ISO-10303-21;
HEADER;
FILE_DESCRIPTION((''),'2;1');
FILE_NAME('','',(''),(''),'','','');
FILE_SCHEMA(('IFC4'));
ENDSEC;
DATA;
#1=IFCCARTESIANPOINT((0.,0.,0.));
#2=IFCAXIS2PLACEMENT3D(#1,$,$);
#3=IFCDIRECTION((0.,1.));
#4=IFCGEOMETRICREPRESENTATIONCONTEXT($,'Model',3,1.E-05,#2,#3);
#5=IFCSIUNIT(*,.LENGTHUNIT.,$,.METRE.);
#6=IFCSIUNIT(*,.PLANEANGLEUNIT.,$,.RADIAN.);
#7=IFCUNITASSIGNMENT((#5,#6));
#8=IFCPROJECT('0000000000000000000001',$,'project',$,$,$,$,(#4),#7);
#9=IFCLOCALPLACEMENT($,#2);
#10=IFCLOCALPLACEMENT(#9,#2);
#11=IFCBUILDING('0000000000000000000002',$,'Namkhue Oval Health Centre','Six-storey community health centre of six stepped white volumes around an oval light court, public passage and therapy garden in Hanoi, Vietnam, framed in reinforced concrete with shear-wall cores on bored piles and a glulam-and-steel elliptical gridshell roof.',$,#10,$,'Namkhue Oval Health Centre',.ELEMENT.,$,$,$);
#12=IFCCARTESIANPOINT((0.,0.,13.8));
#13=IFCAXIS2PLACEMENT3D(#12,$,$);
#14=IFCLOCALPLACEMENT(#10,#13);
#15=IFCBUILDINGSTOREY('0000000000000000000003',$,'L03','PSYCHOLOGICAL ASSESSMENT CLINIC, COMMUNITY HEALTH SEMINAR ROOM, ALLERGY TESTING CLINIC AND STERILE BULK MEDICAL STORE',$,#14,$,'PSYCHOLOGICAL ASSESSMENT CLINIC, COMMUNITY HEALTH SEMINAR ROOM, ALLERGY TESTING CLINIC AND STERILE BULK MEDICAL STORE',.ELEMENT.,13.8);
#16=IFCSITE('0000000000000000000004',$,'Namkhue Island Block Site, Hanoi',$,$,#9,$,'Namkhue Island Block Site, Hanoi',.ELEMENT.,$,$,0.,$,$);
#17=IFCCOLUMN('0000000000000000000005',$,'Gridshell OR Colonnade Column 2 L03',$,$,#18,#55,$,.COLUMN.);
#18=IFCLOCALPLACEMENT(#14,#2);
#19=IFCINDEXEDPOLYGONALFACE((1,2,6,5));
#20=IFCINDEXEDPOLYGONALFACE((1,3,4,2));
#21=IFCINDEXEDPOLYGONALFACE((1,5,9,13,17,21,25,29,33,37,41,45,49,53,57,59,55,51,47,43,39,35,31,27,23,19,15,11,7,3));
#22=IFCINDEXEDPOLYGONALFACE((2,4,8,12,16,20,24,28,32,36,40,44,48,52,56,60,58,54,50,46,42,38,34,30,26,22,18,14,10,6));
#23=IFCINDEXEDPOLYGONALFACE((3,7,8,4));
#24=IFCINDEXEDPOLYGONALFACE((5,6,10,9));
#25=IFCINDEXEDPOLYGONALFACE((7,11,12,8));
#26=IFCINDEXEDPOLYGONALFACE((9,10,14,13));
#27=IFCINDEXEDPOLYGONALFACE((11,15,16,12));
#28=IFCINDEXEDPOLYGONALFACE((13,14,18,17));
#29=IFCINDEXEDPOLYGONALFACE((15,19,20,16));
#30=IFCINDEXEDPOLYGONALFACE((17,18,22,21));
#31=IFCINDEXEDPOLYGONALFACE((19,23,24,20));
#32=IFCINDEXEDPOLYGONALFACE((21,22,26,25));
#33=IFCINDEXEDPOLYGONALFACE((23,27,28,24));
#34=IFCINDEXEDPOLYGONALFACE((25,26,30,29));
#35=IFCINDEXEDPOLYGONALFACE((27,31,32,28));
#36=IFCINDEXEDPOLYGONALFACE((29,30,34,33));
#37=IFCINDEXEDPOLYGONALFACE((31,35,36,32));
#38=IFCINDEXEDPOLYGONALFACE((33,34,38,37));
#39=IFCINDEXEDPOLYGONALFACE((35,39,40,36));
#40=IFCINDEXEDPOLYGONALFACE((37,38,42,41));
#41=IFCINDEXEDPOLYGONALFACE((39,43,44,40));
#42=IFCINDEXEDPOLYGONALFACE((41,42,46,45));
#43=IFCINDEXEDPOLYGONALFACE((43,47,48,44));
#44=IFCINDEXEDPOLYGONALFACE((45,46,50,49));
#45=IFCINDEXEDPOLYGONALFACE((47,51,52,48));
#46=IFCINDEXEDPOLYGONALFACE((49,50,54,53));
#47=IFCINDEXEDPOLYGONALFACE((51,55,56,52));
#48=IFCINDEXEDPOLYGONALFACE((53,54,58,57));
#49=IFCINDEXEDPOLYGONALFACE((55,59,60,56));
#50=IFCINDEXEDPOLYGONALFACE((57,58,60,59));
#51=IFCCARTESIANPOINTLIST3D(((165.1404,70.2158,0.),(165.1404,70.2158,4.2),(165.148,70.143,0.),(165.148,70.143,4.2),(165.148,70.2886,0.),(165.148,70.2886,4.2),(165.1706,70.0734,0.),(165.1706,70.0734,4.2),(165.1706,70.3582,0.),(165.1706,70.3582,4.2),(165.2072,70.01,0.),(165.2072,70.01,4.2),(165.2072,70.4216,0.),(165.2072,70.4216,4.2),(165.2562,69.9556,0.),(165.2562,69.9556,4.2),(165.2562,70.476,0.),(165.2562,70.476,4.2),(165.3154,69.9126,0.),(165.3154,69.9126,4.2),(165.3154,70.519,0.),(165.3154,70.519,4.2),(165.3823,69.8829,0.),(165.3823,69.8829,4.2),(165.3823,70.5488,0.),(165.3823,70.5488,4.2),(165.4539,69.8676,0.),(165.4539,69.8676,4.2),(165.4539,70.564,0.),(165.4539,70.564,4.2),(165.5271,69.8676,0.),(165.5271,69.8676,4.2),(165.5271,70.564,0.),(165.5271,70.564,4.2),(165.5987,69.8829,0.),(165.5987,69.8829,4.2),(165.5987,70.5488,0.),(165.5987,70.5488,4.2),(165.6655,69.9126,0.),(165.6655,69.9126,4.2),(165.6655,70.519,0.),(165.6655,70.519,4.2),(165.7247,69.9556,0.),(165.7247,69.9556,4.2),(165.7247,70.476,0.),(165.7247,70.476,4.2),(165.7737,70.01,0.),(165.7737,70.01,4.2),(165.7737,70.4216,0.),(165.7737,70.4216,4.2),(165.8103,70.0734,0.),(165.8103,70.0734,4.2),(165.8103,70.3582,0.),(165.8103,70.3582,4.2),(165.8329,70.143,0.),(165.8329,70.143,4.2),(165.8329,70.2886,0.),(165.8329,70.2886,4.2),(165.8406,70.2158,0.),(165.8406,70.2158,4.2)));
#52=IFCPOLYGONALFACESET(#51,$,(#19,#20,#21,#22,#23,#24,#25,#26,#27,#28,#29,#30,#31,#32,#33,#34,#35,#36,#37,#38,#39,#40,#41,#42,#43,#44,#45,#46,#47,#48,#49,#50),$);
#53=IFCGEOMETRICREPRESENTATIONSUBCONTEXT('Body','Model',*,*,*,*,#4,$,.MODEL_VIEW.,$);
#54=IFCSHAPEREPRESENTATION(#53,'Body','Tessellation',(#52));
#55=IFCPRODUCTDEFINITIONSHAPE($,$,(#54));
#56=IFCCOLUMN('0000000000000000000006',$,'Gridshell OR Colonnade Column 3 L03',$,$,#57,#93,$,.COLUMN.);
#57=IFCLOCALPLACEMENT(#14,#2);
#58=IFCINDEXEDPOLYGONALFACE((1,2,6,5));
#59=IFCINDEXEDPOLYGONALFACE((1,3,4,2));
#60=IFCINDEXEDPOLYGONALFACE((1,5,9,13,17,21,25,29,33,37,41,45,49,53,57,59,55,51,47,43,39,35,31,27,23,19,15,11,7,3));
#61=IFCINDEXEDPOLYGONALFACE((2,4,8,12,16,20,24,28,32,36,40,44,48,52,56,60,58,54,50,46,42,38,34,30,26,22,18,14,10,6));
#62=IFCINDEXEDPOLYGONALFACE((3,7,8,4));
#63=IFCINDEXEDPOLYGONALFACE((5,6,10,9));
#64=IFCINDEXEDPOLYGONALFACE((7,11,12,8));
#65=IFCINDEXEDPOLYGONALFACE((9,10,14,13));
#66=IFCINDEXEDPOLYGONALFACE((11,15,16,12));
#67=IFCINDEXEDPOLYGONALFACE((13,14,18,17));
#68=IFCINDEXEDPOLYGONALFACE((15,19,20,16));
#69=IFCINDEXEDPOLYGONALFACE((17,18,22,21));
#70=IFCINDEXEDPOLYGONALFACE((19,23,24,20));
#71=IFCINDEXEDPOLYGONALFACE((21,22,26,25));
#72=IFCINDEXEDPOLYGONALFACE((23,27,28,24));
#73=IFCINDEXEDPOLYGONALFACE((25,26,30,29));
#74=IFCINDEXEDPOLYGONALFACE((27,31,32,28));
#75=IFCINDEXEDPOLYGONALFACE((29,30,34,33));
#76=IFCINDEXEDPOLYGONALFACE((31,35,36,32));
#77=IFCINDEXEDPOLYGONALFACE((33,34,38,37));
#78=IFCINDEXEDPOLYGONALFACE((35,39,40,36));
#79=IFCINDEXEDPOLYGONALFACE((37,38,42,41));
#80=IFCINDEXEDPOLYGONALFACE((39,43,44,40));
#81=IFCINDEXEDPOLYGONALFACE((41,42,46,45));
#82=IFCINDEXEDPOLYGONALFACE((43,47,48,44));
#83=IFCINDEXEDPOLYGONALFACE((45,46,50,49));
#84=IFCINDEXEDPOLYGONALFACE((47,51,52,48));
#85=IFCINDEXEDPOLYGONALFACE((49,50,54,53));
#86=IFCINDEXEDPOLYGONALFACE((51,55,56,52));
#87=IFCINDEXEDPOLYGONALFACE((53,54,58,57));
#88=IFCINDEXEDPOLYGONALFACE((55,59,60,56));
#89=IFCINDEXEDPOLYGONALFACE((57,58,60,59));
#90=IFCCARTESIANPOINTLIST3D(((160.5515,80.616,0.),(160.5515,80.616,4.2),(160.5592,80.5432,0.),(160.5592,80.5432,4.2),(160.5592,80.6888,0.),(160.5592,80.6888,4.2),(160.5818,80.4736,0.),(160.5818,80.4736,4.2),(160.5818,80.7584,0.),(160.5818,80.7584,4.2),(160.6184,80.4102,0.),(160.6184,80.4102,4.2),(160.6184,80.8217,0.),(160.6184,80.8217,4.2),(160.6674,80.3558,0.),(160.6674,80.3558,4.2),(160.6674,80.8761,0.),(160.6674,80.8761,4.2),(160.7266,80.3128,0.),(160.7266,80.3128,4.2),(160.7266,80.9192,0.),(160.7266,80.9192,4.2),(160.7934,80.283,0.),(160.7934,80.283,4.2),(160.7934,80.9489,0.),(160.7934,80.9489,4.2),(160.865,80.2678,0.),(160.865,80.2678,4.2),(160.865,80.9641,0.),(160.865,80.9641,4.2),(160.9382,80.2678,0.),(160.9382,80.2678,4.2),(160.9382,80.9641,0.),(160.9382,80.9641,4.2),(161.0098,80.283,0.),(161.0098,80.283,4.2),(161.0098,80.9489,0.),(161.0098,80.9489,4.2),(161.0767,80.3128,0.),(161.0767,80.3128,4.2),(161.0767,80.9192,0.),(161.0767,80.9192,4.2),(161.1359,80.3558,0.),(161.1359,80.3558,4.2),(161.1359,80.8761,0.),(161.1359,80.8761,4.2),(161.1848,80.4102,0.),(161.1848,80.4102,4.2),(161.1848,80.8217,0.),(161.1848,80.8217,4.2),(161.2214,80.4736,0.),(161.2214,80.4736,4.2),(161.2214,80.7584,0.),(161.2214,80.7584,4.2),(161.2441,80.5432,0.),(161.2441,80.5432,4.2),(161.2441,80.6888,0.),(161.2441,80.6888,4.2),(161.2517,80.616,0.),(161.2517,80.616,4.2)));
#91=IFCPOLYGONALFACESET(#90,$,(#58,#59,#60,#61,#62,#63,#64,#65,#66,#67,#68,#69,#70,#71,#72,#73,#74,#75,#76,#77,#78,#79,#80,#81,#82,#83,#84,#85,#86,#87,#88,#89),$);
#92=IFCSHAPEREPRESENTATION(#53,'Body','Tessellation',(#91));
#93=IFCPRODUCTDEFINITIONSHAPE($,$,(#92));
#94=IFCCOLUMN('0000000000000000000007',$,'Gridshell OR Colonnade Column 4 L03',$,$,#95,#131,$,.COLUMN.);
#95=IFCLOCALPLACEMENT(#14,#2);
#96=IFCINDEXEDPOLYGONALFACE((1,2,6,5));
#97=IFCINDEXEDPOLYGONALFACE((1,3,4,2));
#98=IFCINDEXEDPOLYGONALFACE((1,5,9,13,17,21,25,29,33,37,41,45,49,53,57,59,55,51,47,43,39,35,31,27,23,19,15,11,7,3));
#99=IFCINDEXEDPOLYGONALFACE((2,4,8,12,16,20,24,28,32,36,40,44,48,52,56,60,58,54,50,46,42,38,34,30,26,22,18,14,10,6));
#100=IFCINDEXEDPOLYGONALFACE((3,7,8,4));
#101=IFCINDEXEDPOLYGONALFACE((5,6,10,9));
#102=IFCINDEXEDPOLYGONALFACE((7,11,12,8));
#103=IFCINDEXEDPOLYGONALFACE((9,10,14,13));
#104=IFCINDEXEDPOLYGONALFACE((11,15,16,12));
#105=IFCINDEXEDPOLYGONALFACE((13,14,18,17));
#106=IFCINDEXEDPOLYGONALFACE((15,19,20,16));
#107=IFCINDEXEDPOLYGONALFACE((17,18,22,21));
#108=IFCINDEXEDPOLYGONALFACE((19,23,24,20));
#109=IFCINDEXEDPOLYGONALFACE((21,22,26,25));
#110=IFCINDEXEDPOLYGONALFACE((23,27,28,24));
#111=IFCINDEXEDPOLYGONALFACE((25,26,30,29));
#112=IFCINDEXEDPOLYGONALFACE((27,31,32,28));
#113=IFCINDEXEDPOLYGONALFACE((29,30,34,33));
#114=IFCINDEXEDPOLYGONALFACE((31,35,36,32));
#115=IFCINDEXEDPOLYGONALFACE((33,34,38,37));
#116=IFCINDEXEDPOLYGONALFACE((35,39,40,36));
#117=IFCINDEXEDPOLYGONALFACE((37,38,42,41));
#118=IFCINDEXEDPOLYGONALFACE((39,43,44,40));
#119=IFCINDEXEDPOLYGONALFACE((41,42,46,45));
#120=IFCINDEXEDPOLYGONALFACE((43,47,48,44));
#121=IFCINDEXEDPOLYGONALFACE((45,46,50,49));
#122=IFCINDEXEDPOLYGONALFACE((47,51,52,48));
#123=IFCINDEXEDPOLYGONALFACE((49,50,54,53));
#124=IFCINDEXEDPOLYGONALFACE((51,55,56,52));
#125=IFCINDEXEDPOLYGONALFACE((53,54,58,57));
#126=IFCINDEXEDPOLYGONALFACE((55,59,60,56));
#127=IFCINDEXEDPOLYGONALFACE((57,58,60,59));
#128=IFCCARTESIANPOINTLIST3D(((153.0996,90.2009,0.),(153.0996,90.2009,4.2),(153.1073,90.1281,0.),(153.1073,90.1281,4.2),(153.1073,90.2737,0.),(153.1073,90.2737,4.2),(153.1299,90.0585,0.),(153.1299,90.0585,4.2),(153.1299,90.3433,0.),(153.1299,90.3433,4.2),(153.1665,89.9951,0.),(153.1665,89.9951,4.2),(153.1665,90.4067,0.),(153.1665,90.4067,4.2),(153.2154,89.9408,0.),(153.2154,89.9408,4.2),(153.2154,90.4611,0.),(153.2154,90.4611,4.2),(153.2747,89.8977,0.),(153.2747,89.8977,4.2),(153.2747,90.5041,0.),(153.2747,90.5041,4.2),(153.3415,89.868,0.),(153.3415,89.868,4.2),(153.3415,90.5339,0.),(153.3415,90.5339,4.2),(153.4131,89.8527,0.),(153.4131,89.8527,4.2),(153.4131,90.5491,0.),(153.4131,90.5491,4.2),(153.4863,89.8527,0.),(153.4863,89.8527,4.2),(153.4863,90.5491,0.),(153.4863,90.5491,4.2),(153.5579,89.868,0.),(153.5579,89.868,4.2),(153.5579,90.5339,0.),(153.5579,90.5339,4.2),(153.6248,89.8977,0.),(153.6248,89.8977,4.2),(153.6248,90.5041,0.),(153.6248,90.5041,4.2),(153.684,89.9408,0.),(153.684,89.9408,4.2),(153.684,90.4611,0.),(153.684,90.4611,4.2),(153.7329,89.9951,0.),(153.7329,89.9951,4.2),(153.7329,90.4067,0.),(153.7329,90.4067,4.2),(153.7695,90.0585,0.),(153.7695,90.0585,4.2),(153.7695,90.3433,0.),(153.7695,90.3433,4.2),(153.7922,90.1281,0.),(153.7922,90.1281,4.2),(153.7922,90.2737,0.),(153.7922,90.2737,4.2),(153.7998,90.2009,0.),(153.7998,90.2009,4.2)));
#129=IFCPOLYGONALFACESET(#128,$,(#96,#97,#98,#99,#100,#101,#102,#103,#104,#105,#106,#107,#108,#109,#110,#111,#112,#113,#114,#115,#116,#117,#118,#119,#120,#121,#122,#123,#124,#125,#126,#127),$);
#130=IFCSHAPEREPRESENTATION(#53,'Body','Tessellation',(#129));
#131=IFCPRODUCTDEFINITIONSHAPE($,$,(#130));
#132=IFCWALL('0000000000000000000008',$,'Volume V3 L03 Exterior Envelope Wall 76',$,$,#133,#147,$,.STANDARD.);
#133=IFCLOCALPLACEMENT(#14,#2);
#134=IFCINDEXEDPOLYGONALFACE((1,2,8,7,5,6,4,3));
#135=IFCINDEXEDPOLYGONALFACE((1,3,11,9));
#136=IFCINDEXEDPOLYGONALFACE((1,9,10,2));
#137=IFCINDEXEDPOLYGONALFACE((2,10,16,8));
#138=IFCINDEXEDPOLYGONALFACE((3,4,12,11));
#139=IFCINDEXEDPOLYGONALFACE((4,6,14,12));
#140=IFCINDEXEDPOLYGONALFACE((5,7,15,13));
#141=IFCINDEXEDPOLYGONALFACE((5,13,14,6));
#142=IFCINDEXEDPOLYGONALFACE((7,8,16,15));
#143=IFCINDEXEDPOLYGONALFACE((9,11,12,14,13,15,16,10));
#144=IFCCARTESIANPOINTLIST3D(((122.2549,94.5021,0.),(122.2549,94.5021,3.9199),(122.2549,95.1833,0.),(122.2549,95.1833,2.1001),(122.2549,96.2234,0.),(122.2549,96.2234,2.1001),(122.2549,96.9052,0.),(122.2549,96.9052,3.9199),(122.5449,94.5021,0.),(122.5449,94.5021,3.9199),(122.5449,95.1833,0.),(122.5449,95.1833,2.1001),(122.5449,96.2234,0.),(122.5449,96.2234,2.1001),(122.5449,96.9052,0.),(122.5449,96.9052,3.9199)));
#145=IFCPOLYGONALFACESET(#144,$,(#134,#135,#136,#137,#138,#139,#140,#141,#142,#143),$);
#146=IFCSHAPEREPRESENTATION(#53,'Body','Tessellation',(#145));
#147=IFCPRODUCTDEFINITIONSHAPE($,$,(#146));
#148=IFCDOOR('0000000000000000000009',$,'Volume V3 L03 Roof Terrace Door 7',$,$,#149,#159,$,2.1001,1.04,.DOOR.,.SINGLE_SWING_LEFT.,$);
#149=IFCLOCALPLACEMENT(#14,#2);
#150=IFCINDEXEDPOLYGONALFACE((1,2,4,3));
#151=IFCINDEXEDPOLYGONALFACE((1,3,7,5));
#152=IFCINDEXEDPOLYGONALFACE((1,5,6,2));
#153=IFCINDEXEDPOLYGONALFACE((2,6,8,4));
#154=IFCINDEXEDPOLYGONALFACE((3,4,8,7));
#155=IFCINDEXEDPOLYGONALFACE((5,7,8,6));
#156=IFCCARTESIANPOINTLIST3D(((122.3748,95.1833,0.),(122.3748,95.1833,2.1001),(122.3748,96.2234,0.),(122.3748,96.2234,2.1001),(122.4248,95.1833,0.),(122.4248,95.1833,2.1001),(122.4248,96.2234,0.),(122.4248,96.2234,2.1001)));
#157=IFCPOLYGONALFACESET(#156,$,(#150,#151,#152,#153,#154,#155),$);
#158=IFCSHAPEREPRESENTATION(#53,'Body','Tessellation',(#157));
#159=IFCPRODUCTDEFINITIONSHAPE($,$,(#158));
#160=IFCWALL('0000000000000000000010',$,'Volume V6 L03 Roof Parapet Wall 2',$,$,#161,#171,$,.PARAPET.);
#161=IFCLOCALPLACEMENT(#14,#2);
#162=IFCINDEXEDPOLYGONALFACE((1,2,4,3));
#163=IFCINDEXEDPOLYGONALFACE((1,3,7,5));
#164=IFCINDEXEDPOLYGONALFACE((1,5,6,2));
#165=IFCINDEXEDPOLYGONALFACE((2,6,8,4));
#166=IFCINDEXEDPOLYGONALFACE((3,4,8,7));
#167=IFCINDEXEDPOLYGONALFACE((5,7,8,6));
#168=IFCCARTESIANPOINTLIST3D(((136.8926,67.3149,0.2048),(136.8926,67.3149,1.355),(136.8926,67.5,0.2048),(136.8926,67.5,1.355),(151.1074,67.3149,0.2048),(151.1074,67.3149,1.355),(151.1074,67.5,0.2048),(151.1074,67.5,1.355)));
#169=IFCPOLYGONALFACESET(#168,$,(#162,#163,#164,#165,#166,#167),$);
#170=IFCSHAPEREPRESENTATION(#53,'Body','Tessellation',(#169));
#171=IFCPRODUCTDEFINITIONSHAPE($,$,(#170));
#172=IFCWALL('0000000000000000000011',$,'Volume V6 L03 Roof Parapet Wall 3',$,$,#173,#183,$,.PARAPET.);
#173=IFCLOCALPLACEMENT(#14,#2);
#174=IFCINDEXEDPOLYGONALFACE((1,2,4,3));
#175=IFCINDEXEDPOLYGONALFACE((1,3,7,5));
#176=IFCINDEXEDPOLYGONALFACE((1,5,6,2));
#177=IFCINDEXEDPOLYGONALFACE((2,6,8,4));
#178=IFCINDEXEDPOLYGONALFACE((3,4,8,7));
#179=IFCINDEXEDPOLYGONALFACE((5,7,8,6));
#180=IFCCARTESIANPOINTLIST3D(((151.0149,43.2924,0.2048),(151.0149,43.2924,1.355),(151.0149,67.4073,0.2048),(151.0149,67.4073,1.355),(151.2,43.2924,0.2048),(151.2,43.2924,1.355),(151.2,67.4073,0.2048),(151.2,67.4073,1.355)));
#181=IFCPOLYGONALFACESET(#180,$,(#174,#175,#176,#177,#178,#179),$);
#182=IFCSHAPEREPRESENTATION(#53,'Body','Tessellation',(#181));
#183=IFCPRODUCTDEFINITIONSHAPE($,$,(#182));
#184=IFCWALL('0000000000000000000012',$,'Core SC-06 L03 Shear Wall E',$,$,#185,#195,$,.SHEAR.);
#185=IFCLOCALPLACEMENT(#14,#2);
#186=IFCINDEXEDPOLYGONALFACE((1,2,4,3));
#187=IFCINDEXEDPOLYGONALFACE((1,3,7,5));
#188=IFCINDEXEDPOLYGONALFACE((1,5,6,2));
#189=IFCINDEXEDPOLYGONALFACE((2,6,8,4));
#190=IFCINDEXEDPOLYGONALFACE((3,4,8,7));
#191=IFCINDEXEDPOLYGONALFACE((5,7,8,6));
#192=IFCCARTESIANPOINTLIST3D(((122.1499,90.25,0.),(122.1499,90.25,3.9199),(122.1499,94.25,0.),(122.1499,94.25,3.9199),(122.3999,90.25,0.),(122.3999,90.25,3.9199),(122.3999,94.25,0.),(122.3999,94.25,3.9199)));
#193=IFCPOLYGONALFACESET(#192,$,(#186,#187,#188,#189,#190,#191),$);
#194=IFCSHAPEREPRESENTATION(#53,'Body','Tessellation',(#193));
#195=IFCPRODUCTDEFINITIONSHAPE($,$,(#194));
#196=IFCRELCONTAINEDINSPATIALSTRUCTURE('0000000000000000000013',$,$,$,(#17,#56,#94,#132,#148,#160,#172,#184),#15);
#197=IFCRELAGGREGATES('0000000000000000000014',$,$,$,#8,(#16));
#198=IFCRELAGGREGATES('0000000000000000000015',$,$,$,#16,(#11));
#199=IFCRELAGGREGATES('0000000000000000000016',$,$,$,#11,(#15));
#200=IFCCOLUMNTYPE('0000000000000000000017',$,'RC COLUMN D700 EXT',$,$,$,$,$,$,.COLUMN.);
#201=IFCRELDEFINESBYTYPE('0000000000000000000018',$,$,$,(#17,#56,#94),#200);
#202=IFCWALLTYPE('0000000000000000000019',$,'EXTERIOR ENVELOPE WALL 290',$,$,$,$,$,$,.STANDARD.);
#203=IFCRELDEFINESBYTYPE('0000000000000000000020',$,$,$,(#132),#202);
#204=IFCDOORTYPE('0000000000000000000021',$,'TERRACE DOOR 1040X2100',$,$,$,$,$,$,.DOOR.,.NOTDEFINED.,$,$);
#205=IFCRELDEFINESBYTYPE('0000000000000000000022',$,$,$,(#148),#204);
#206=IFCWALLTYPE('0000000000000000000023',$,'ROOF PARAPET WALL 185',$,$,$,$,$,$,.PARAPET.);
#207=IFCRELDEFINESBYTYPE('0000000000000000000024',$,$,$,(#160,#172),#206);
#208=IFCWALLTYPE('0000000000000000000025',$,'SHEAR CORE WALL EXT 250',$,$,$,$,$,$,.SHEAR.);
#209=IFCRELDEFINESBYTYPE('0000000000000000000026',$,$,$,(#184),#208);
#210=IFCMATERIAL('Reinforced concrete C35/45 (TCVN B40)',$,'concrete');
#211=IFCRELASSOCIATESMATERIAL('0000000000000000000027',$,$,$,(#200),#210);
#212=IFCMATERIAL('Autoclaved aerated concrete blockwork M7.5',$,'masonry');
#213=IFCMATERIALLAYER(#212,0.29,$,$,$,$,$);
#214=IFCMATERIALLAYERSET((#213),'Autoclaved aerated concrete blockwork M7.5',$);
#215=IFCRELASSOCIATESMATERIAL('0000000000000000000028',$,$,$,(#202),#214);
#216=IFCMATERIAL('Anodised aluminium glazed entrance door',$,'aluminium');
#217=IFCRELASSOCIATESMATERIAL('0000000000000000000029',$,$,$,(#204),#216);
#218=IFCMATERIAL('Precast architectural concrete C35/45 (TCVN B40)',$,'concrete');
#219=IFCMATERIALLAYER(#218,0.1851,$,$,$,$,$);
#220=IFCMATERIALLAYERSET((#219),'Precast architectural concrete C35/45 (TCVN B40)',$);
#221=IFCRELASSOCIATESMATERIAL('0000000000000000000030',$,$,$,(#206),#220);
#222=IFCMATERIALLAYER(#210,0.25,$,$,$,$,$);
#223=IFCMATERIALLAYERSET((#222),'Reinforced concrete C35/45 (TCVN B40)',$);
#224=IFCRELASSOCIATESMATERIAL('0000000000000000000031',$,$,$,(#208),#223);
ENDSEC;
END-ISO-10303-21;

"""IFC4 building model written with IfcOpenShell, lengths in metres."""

from ifc_helpers import new_model, si_unit, direction, frame, frame_2d, origin, origin_2d, place, context, subcontext, project, spatial, rectangle, circle, extrude, material, layer, layer_set, material_profile, profile_set, type_object, element, fill, save


model = new_model("IFC4")

# Units and contexts
model_context = context("Model", 3, precision=1e-05, world=origin(), true_north=direction((0.0, 1.0)))
body_context = subcontext(model_context, "Body", "Model", "MODEL_VIEW")
ifc_project = project(units=[si_unit("LENGTHUNIT", "METRE"), si_unit("PLANEANGLEUNIT", "RADIAN")], contexts=[model_context])

# Site, building, storey
site_placement = place(None, origin())
site = spatial("IfcSite", under=ifc_project, at=site_placement, Name="Namkhue Island Block Site, Hanoi", LongName="Namkhue Island Block Site, Hanoi", CompositionType="ELEMENT", RefElevation=0.0)
building_placement = place(site_placement, origin())
building = spatial("IfcBuilding", under=site, at=building_placement, Name="Namkhue Oval Health Centre", Description="Six-storey community health centre of six stepped white volumes around an oval light court, public passage and therapy garden in Hanoi, Vietnam, framed in reinforced concrete with shear-wall cores on bored piles and a glulam-and-steel elliptical gridshell roof.", LongName="Namkhue Oval Health Centre", CompositionType="ELEMENT")
storey_placement = place(building_placement, frame((0.0, 0.0, 13.8)))
storey = spatial("IfcBuildingStorey", under=building, at=storey_placement, Name="L03", Description="PSYCHOLOGICAL ASSESSMENT CLINIC, COMMUNITY HEALTH SEMINAR ROOM, ALLERGY TESTING CLINIC AND STERILE BULK MEDICAL STORE", LongName="PSYCHOLOGICAL ASSESSMENT CLINIC, COMMUNITY HEALTH SEMINAR ROOM, ALLERGY TESTING CLINIC AND STERILE BULK MEDICAL STORE", CompositionType="ELEMENT", Elevation=13.8)

# Columns
ifc_material_1 = material(Name="Reinforced concrete C35/45 (TCVN B40)", Category="concrete")
ifc_material_profile_1 = material_profile(ifc_material_1, circle(Radius=0.3501, at=origin_2d()), Name="RC D700")
ifc_profile_set_1 = profile_set([ifc_material_profile_1], Name="Reinforced concrete C35/45 (TCVN B40)")
column_type_1 = type_object("IfcColumnType", Name="RC COLUMN D700 EXT", PredefinedType="COLUMN", material=ifc_profile_set_1)
for number, where, z_axis, x_axis, name in (
    (1, (165.4905, 70.2158, 0.0), (0.0, 0.0, 1.0), (1.0, 0.0, 0.0), "Gridshell OR Colonnade Column 2 L03"),
    (2, (160.9016, 80.616, 0.0), (0.0, 0.0, 1.0), (1.0, 0.0, 0.0), "Gridshell OR Colonnade Column 3 L03"),
    (3, (153.4497, 90.2009, 0.0), (0.0, 0.0, 1.0), (1.0, 0.0, 0.0), "Gridshell OR Colonnade Column 4 L03"),
):
    element("IfcColumn", number, at=place(storey_placement, frame(where, z_axis=z_axis, x_axis=x_axis)), inside=storey, type_object=column_type_1, Name=name, PredefinedType="COLUMN", context=body_context, shape_type="SweptSolid", body=[
        extrude(circle(Radius=0.3501, at=origin_2d()), origin(), (0.0, 0.0, 1.0), 4.2),
    ])

# Wall, opening, door
ifc_material_2 = material(Name="Autoclaved aerated concrete blockwork M7.5", Category="masonry")
ifc_layer_1 = layer(ifc_material_2, 0.29)
ifc_layer_set_1 = layer_set([ifc_layer_1], Name="Autoclaved aerated concrete blockwork M7.5")
wall_type_1 = type_object("IfcWallType", Name="EXTERIOR ENVELOPE WALL 290", PredefinedType="STANDARD", material=ifc_layer_set_1)
wall_1_placement = place(storey_placement, frame((122.3999, 94.502, 0.0), z_axis=(0.0, 0.0, 1.0), x_axis=(0.0, 1.0, 0.0)))
wall_1 = element("IfcWall", 4, at=wall_1_placement, inside=storey, type_object=wall_type_1, Name="Volume V3 L03 Exterior Envelope Wall 76", PredefinedType="STANDARD", context=body_context, shape_type="SweptSolid", body=[
    extrude(rectangle(XDim=2.4031, YDim=0.29, at=frame_2d((1.2017, 0.0))), origin(), (0.0, 0.0, 1.0), 3.9199),
])
opening_1_placement = place(wall_1_placement, frame((0.6814, 0.0, 0.0)))
opening_1 = element("IfcOpeningElement", 5, at=opening_1_placement, cuts=wall_1, PredefinedType="OPENING", context=body_context, shape_type="SweptSolid", body=[
    extrude(rectangle(XDim=1.04, YDim=2.1001, at=frame_2d((0.52, 1.05))), frame((0.0, 0.155, 0.0), z_axis=(0.0, -1.0, 0.0), x_axis=(1.0, 0.0, 0.0)), (0.0, 0.0, 1.0), 0.3101),
])
ifc_material_3 = material(Name="Anodised aluminium glazed entrance door", Category="aluminium")
door_type_1 = type_object("IfcDoorType", Name="TERRACE DOOR 1040X2100", OperationType="NOTDEFINED", PredefinedType="DOOR", material=ifc_material_3)
door_1_placement = place(opening_1_placement, frame((1.04, 0.0, 0.0), z_axis=(0.0, 0.0, 1.0), x_axis=(-1.0, 0.0, 0.0)))
door_1 = element("IfcDoor", 6, at=door_1_placement, inside=storey, type_object=door_type_1, Name="Volume V3 L03 Roof Terrace Door 7", OperationType="SINGLE_SWING_LEFT", OverallHeight=2.1001, OverallWidth=1.04, PredefinedType="DOOR", context=body_context, shape_type="SweptSolid", body=[
    extrude(rectangle(XDim=1.04, YDim=2.1001, at=frame_2d((0.52, 1.05))), frame((0.0, 0.0249, 0.0), z_axis=(0.0, -1.0, 0.0), x_axis=(1.0, 0.0, 0.0)), (0.0, 0.0, 1.0), 0.05),
])
fill(opening_1, door_1)

# Walls
ifc_material_4 = material(Name="Precast architectural concrete C35/45 (TCVN B40)", Category="concrete")
ifc_layer_2 = layer(ifc_material_4, 0.1851)
ifc_layer_set_2 = layer_set([ifc_layer_2], Name="Precast architectural concrete C35/45 (TCVN B40)")
wall_type_2 = type_object("IfcWallType", Name="ROOF PARAPET WALL 185", PredefinedType="PARAPET", material=ifc_layer_set_2)
wall_2_placement = place(storey_placement, frame((136.8926, 67.4075, 0.2048), z_axis=(0.0, 0.0, 1.0), x_axis=(1.0, 0.0, 0.0)))
element("IfcWall", 7, at=wall_2_placement, inside=storey, type_object=wall_type_2, Name="Volume V6 L03 Roof Parapet Wall 2", PredefinedType="PARAPET", context=body_context, shape_type="SweptSolid", body=[
    extrude(rectangle(XDim=14.2148, YDim=0.1851, at=frame_2d((7.1074, 0.0))), origin(), (0.0, 0.0, 1.0), 1.1501),
])
wall_3_placement = place(storey_placement, frame((151.1074, 67.4075, 0.2048), z_axis=(0.0, 0.0, 1.0), x_axis=(0.0, -1.0, 0.0)))
element("IfcWall", 8, at=wall_3_placement, inside=storey, type_object=wall_type_2, Name="Volume V6 L03 Roof Parapet Wall 3", PredefinedType="PARAPET", context=body_context, shape_type="SweptSolid", body=[
    extrude(rectangle(XDim=24.115, YDim=0.1851, at=frame_2d((12.0576, 0.0))), origin(), (0.0, 0.0, 1.0), 1.1501),
])
ifc_layer_3 = layer(ifc_material_1, 0.25)
ifc_layer_set_3 = layer_set([ifc_layer_3], Name="Reinforced concrete C35/45 (TCVN B40)")
wall_type_3 = type_object("IfcWallType", Name="SHEAR CORE WALL EXT 250", PredefinedType="SHEAR", material=ifc_layer_set_3)
wall_4_placement = place(storey_placement, frame((122.2749, 90.25, 0.0), z_axis=(0.0, 0.0, 1.0), x_axis=(0.0, 1.0, 0.0)))
element("IfcWall", 9, at=wall_4_placement, inside=storey, type_object=wall_type_3, Name="Core SC-06 L03 Shear Wall E", PredefinedType="SHEAR", context=body_context, shape_type="SweptSolid", body=[
    extrude(rectangle(XDim=4.0, YDim=0.25, at=frame_2d((2.0, 0.0))), origin(), (0.0, 0.0, 1.0), 3.9199),
])

save(model, "model.ifc")
